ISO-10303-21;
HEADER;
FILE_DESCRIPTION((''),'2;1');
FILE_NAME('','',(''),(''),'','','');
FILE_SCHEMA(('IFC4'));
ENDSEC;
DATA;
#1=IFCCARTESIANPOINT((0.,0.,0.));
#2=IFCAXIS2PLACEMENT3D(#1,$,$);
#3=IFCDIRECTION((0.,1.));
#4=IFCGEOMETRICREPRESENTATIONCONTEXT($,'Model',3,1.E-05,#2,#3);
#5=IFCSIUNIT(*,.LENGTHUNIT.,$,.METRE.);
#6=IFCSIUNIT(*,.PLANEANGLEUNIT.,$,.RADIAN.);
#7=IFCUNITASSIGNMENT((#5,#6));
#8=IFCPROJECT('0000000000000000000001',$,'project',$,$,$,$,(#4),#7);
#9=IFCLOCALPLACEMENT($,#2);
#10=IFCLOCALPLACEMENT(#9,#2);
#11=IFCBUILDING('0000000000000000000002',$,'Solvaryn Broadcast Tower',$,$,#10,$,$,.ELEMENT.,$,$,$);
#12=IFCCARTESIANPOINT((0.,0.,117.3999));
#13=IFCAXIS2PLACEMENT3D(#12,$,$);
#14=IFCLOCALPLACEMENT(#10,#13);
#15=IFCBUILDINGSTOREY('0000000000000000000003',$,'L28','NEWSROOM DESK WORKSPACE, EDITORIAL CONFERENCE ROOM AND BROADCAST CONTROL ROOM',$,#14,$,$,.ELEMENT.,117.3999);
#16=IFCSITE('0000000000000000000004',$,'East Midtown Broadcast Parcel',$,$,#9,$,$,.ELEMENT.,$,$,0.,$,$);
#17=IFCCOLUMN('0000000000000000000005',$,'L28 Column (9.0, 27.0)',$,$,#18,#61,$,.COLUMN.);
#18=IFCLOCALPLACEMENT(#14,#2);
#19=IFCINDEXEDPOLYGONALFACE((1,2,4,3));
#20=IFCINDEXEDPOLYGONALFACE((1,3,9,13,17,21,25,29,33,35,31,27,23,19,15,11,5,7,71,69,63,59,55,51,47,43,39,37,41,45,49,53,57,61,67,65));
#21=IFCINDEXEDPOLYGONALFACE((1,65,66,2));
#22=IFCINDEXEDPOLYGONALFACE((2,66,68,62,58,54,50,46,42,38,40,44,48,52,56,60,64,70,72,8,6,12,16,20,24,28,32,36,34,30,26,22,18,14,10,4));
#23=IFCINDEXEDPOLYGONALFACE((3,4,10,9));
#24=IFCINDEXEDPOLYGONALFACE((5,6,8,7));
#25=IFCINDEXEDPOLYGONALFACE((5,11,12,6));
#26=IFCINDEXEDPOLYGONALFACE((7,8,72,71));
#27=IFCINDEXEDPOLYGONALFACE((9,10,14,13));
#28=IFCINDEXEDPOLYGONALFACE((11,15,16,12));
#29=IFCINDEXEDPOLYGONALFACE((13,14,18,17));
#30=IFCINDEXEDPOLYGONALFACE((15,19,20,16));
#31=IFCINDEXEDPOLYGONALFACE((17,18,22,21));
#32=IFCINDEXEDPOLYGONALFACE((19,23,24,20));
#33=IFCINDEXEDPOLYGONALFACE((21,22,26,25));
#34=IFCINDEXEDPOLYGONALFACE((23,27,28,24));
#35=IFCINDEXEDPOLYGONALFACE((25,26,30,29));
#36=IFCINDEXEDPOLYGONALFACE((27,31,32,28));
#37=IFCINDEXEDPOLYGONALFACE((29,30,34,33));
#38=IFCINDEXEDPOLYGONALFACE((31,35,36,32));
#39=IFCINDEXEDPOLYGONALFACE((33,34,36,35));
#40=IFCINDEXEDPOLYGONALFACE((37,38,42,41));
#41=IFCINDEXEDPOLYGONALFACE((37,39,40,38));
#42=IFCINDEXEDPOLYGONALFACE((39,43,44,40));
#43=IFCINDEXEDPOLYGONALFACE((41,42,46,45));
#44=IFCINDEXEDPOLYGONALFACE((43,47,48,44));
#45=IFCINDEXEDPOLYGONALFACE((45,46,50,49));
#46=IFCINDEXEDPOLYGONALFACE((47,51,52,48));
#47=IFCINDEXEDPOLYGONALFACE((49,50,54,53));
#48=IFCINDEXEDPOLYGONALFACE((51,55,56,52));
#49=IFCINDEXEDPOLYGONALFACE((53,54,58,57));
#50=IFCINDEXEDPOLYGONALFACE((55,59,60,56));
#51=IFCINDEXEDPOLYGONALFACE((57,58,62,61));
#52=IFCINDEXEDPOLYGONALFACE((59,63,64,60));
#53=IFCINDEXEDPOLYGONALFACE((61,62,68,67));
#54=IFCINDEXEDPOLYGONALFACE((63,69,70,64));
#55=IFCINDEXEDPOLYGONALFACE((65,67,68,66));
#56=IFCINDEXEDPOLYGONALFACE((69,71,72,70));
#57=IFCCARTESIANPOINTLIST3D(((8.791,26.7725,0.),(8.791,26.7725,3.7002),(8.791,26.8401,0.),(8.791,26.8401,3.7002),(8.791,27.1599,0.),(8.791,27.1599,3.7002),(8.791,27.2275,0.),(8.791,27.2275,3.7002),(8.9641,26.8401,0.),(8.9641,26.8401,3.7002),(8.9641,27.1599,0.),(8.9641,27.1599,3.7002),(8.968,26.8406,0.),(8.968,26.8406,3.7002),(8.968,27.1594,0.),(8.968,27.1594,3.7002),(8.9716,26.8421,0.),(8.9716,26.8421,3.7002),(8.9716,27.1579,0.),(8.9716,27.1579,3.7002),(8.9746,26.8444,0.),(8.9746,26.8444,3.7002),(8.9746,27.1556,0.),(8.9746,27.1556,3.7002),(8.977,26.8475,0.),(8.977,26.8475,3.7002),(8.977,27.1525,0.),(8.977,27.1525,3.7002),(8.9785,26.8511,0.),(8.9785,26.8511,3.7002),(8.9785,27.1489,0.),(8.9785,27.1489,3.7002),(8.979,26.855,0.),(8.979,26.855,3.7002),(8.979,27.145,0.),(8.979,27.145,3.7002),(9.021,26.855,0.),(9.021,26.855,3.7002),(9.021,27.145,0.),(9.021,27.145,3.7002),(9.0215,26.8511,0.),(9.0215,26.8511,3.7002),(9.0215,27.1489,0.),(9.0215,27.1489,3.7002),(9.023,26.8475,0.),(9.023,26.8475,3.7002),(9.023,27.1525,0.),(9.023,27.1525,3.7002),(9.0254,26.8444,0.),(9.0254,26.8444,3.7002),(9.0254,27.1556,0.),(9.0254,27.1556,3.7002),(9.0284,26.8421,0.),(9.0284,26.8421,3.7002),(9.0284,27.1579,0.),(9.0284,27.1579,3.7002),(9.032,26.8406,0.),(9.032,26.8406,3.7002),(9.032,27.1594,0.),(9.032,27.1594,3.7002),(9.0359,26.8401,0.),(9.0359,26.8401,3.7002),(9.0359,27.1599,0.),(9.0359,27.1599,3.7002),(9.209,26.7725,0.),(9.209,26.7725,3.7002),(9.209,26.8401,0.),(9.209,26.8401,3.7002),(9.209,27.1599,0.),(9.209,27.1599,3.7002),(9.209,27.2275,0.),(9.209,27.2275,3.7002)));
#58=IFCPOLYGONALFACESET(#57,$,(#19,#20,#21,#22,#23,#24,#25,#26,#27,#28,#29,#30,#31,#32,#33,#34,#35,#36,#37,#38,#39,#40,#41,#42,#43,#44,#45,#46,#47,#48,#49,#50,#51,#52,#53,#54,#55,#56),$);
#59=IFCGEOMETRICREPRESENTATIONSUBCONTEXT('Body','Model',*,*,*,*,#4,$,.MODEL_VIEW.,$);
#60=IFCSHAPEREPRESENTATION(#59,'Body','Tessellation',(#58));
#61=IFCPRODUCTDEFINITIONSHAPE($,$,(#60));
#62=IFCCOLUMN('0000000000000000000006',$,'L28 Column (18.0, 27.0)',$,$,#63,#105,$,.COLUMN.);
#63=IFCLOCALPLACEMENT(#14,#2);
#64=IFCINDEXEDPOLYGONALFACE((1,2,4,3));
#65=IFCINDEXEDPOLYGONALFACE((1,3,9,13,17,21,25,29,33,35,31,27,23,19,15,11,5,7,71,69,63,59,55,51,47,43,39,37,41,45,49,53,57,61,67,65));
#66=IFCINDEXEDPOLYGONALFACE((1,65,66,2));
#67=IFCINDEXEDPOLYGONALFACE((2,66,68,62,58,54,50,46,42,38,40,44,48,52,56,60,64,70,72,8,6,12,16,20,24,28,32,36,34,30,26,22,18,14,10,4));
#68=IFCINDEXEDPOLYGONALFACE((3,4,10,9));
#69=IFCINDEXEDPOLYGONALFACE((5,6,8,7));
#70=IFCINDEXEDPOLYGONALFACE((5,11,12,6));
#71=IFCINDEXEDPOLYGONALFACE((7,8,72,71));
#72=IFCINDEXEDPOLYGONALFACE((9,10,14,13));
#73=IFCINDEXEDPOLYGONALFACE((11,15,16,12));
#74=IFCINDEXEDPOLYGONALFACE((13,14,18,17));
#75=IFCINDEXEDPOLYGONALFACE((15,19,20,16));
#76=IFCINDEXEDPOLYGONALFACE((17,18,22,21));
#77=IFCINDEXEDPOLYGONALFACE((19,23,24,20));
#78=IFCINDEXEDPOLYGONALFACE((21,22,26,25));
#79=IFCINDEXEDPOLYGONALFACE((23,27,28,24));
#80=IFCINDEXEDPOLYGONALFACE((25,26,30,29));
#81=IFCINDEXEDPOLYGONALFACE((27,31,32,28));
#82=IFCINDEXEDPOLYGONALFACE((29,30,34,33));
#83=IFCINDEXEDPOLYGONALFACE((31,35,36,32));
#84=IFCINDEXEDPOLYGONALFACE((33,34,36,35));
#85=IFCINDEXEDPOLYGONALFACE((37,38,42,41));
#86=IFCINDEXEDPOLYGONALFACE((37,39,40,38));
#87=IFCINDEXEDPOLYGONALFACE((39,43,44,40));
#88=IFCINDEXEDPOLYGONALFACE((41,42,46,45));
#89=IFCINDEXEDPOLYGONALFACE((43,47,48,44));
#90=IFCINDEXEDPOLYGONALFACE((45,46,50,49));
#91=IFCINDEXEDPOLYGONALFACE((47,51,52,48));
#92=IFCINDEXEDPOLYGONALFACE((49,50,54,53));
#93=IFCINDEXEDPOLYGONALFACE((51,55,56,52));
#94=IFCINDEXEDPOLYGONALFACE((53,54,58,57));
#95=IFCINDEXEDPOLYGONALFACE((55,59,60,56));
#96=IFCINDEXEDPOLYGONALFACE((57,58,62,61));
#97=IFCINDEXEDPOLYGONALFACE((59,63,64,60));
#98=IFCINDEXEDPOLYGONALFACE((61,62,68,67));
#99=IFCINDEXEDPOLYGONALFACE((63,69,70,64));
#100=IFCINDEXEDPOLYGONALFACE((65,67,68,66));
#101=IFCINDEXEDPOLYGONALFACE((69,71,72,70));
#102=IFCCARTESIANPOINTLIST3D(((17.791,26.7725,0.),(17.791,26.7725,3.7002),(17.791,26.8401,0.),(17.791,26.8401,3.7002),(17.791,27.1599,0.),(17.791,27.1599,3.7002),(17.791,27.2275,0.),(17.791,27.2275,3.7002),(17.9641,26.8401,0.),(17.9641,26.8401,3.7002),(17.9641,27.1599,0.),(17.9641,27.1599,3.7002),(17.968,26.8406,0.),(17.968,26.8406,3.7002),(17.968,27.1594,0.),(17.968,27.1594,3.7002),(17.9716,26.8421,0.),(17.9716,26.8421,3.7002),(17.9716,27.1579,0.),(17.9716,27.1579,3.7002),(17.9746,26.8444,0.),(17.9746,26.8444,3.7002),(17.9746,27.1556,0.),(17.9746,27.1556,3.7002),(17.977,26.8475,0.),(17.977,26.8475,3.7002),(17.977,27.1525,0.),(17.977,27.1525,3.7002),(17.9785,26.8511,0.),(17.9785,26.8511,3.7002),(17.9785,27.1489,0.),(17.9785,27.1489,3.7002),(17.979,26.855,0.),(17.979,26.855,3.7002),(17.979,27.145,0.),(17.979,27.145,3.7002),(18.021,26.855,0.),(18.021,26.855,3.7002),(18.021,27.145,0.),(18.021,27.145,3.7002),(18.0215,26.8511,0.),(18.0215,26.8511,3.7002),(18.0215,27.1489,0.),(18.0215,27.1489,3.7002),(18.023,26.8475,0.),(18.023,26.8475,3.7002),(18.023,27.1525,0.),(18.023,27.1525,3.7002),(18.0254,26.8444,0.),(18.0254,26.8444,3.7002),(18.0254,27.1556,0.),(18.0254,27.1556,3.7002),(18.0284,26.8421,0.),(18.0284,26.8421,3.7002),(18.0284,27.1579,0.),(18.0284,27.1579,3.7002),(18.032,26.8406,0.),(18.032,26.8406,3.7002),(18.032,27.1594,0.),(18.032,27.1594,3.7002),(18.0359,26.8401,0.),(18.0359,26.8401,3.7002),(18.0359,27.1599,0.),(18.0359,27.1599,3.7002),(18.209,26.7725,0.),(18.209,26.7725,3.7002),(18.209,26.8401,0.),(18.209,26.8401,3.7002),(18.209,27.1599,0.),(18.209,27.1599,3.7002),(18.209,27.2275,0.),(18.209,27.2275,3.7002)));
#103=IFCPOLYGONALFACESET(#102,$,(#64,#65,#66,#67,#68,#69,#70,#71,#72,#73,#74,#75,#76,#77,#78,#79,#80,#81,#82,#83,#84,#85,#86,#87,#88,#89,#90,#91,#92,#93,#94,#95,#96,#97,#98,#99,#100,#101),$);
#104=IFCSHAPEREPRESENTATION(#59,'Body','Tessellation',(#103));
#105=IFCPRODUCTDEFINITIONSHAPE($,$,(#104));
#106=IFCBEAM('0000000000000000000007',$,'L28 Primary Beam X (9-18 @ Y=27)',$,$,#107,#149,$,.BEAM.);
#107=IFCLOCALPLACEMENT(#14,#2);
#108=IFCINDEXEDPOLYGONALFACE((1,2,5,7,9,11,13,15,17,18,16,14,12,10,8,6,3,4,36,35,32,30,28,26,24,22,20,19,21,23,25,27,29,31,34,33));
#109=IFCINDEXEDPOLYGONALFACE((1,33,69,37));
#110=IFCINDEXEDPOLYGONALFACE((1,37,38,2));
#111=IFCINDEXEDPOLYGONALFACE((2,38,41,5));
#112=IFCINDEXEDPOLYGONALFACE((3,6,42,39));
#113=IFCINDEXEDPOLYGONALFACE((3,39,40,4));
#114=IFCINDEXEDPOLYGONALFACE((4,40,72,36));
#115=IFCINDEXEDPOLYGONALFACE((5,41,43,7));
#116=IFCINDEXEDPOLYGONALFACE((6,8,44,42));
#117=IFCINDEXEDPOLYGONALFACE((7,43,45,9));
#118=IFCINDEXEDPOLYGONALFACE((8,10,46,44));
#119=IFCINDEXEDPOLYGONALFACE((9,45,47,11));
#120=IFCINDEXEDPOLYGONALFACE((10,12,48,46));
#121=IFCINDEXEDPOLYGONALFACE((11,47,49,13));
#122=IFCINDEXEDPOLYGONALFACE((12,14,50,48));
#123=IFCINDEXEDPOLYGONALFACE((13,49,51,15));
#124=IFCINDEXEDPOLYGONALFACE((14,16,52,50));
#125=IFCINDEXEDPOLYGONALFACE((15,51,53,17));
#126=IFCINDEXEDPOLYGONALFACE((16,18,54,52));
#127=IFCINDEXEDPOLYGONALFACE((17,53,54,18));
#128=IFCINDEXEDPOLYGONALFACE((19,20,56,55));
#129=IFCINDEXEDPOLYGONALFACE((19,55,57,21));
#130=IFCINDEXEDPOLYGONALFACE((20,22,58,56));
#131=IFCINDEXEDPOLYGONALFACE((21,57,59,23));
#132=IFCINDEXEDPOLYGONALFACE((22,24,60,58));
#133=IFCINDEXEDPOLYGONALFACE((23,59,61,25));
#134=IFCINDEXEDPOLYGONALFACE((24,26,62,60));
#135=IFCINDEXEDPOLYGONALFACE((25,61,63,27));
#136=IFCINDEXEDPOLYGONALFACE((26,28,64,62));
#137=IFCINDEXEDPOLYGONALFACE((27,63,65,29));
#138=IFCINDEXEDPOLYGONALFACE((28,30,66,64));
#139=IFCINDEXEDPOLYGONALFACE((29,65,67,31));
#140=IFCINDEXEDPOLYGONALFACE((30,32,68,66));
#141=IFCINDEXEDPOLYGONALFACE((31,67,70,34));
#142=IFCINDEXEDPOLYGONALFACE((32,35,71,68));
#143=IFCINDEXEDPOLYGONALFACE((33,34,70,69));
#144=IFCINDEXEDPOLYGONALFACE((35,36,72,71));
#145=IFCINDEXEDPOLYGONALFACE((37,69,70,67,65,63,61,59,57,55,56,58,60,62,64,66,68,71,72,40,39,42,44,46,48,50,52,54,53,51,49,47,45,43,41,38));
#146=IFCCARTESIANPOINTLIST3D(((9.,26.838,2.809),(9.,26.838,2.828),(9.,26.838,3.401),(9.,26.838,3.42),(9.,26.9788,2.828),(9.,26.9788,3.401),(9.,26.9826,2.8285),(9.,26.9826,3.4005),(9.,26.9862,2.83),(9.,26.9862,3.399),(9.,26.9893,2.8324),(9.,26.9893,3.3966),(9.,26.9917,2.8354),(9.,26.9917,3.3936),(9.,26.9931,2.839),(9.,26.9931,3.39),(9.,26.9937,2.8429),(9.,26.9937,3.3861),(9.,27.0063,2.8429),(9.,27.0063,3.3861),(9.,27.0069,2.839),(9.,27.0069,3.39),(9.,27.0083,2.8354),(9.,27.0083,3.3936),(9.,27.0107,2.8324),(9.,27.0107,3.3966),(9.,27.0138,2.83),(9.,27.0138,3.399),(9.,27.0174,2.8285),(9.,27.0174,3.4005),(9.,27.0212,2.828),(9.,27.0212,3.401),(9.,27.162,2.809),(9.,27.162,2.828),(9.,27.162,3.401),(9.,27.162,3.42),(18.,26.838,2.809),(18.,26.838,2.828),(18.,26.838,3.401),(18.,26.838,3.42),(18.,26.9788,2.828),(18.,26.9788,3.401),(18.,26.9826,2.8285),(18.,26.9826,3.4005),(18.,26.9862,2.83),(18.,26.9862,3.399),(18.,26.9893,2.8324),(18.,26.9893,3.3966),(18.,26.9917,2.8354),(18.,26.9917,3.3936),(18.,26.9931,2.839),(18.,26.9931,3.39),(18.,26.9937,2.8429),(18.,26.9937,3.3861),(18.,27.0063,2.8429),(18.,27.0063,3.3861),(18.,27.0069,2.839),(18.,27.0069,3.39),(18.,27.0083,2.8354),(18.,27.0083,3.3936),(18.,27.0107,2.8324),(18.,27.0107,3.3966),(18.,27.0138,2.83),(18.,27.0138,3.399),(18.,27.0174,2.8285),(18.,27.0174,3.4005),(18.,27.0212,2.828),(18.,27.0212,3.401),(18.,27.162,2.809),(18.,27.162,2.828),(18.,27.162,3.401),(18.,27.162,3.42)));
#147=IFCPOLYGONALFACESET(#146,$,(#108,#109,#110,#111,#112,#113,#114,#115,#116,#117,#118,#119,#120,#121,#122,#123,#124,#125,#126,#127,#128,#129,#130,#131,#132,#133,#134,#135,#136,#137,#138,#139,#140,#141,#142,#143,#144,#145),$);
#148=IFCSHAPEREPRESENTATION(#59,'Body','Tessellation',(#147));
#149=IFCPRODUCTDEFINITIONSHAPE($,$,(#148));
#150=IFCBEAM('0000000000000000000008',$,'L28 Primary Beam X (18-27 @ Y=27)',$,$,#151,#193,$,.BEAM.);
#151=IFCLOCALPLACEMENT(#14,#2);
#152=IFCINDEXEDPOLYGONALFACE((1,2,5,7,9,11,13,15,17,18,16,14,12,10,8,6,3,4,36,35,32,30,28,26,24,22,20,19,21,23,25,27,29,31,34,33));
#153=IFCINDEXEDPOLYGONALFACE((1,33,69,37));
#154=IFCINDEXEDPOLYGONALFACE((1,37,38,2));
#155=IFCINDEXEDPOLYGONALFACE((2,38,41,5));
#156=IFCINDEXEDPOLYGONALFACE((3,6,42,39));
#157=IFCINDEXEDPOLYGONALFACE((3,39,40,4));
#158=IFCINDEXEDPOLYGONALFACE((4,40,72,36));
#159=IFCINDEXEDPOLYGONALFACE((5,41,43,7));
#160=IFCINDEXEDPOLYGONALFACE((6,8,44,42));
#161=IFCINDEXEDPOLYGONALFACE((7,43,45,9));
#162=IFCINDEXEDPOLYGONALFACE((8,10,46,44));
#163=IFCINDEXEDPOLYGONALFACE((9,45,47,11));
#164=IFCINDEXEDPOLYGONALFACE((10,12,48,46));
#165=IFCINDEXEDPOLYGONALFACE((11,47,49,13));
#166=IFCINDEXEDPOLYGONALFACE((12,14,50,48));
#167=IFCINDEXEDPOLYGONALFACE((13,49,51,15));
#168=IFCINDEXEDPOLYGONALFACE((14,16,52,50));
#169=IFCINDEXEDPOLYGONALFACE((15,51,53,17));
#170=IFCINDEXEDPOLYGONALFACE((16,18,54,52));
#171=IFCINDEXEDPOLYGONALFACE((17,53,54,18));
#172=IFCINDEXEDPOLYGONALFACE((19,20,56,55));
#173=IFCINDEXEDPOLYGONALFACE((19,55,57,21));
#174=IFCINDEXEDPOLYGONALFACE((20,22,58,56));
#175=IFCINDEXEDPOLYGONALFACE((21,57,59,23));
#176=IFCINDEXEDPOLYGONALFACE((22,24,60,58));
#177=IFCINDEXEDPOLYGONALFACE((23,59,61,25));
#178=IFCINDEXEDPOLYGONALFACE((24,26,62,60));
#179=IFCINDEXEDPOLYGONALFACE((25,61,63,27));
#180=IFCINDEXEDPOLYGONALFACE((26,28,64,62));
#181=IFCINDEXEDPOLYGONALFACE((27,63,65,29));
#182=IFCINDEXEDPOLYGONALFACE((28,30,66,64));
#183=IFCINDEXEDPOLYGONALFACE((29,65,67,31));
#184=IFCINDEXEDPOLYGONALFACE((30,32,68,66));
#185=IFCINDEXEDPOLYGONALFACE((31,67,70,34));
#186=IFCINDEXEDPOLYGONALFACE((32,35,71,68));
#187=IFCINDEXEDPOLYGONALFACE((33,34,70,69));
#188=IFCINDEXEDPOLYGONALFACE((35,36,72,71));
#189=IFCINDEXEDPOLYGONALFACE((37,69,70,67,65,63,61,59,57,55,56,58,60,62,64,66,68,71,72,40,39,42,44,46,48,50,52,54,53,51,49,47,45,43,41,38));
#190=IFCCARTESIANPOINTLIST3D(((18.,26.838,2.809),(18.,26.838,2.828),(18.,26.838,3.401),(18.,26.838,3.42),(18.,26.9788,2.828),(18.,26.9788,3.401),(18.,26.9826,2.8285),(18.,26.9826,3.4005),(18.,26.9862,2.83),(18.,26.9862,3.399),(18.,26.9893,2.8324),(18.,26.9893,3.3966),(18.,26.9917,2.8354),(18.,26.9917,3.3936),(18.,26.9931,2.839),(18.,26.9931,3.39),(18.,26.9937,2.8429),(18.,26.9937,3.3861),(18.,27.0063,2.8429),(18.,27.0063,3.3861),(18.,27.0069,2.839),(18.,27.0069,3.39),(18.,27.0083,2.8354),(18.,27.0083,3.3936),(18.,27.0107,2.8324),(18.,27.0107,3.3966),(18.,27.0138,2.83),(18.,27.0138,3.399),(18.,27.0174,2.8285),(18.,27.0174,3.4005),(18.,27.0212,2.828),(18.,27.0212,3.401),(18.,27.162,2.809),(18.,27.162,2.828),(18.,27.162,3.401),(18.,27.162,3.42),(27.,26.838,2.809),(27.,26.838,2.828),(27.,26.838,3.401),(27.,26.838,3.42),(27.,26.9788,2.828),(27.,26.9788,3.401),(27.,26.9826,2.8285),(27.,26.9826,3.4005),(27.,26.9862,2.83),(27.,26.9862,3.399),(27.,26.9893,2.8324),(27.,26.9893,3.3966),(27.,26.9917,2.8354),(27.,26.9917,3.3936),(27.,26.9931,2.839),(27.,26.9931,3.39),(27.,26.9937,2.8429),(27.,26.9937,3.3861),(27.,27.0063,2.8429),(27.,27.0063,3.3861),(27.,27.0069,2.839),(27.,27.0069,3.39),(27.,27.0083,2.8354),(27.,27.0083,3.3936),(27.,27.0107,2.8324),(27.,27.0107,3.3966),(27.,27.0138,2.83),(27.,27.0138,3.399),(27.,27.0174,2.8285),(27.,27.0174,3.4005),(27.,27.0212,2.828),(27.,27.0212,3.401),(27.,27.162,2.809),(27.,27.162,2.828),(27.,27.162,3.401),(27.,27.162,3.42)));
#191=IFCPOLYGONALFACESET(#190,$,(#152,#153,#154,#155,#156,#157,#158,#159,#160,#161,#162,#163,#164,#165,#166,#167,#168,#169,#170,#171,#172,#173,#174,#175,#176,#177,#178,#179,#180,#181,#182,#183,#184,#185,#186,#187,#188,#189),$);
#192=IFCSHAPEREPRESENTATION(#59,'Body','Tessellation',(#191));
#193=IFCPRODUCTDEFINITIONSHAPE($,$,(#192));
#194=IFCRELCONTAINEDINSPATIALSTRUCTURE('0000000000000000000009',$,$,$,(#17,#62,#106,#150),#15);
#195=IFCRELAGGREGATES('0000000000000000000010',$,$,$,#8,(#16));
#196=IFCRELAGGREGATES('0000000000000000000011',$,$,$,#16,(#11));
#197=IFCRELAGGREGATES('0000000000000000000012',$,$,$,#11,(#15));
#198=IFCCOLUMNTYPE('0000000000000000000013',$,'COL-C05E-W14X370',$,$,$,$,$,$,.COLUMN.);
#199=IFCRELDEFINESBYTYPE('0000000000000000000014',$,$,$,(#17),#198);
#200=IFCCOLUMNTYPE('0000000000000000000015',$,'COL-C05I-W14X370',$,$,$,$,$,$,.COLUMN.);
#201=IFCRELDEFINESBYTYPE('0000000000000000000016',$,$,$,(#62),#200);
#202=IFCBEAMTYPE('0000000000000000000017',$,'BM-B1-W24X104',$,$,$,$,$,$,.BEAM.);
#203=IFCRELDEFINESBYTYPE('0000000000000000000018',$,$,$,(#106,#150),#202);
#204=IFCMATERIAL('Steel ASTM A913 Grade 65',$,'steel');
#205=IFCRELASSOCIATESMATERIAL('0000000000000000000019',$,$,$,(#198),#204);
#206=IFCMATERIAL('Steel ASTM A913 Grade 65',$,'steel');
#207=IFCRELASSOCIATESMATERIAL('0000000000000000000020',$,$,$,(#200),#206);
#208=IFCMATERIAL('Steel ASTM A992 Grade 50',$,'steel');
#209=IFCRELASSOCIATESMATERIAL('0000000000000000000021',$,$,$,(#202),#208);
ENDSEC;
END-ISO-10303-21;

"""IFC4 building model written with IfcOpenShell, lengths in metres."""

from ifc_helpers import new_model, si_unit, direction, frame, origin, origin_2d, place, context, subcontext, project, spatial, i_section, extrude, material, material_profile, profile_set, type_object, element, save


model = new_model("IFC4")

# Units and contexts
model_context = context("Model", 3, precision=1e-05, world=origin(), true_north=direction((0.0, 1.0)))
body_context = subcontext(model_context, "Body", "Model", "MODEL_VIEW")
ifc_project = project(units=[si_unit("LENGTHUNIT", "METRE"), si_unit("PLANEANGLEUNIT", "RADIAN")], contexts=[model_context])

# Site, building, storey
site_placement = place(None, origin())
site = spatial("IfcSite", under=ifc_project, at=site_placement, Name="East Midtown Broadcast Parcel", CompositionType="ELEMENT", RefElevation=0.0)
building_placement = place(site_placement, origin())
building = spatial("IfcBuilding", under=site, at=building_placement, Name="Solvaryn Broadcast Tower", CompositionType="ELEMENT")
storey_placement = place(building_placement, frame((0.0, 0.0, 117.3999)))
storey = spatial("IfcBuildingStorey", under=building, at=storey_placement, Name="L28", Description="NEWSROOM DESK WORKSPACE, EDITORIAL CONFERENCE ROOM AND BROADCAST CONTROL ROOM", CompositionType="ELEMENT", Elevation=117.3999)

# Columns
ifc_material_1 = material(Name="Steel ASTM A913 Grade 65", Category="steel")
ifc_material_profile_1 = material_profile(ifc_material_1, i_section(OverallWidth=0.418, OverallDepth=0.4551, WebThickness=0.042, FlangeThickness=0.0676, FilletRadius=0.0149, at=origin_2d()))
ifc_profile_set_1 = profile_set([ifc_material_profile_1], Name="Steel ASTM A913 Grade 65")
column_type_1 = type_object("IfcColumnType", Name="COL-C05E-W14X370", PredefinedType="COLUMN", material=ifc_profile_set_1)
column_1_placement = place(storey_placement, frame((9.0, 27.0, 0.0), z_axis=(0.0, 0.0, 1.0), x_axis=(1.0, 0.0, 0.0)))
element("IfcColumn", 1, at=column_1_placement, inside=storey, type_object=column_type_1, Name="L28 Column (9.0, 27.0)", PredefinedType="COLUMN", context=body_context, shape_type="SweptSolid", body=[
    extrude(i_section(OverallWidth=0.418, OverallDepth=0.4551, WebThickness=0.042, FlangeThickness=0.0676, FilletRadius=0.0149, at=origin_2d()), origin(), (0.0, 0.0, 1.0), 3.7002),
])
ifc_material_2 = material(Name="Steel ASTM A913 Grade 65", Category="steel")
ifc_material_profile_2 = material_profile(ifc_material_2, i_section(OverallWidth=0.418, OverallDepth=0.4551, WebThickness=0.042, FlangeThickness=0.0676, FilletRadius=0.0149, at=origin_2d()))
ifc_profile_set_2 = profile_set([ifc_material_profile_2], Name="Steel ASTM A913 Grade 65")
column_type_2 = type_object("IfcColumnType", Name="COL-C05I-W14X370", PredefinedType="COLUMN", material=ifc_profile_set_2)
column_2_placement = place(storey_placement, frame((18.0, 27.0, 0.0), z_axis=(0.0, 0.0, 1.0), x_axis=(1.0, 0.0, 0.0)))
element("IfcColumn", 2, at=column_2_placement, inside=storey, type_object=column_type_2, Name="L28 Column (18.0, 27.0)", PredefinedType="COLUMN", context=body_context, shape_type="SweptSolid", body=[
    extrude(i_section(OverallWidth=0.418, OverallDepth=0.4551, WebThickness=0.042, FlangeThickness=0.0676, FilletRadius=0.0149, at=origin_2d()), origin(), (0.0, 0.0, 1.0), 3.7002),
])

# Beams
ifc_material_3 = material(Name="Steel ASTM A992 Grade 50", Category="steel")
ifc_material_profile_3 = material_profile(ifc_material_3, i_section(OverallWidth=0.324, OverallDepth=0.6111, WebThickness=0.0127, FlangeThickness=0.019, FilletRadius=0.0149, at=origin_2d()))
ifc_profile_set_3 = profile_set([ifc_material_profile_3], Name="Steel ASTM A992 Grade 50")
beam_type_1 = type_object("IfcBeamType", Name="BM-B1-W24X104", PredefinedType="BEAM", material=ifc_profile_set_3)
for number, where, z_axis, x_axis, name in (
    (3, (9.0, 27.0, 3.1145), (1.0, 0.0, 0.0), (0.0, 1.0, 0.0), "L28 Primary Beam X (9-18 @ Y=27)"),
    (4, (18.0, 27.0, 3.1145), (1.0, 0.0, 0.0), (0.0, 1.0, 0.0), "L28 Primary Beam X (18-27 @ Y=27)"),
):
    element("IfcBeam", number, at=place(storey_placement, frame(where, z_axis=z_axis, x_axis=x_axis)), inside=storey, type_object=beam_type_1, Name=name, PredefinedType="BEAM", context=body_context, shape_type="SweptSolid", body=[
        extrude(i_section(OverallWidth=0.324, OverallDepth=0.6111, WebThickness=0.0127, FlangeThickness=0.019, FilletRadius=0.0149, at=origin_2d()), origin(), (0.0, 0.0, 1.0), 9.0),
    ])

save(model, "model.ifc")
